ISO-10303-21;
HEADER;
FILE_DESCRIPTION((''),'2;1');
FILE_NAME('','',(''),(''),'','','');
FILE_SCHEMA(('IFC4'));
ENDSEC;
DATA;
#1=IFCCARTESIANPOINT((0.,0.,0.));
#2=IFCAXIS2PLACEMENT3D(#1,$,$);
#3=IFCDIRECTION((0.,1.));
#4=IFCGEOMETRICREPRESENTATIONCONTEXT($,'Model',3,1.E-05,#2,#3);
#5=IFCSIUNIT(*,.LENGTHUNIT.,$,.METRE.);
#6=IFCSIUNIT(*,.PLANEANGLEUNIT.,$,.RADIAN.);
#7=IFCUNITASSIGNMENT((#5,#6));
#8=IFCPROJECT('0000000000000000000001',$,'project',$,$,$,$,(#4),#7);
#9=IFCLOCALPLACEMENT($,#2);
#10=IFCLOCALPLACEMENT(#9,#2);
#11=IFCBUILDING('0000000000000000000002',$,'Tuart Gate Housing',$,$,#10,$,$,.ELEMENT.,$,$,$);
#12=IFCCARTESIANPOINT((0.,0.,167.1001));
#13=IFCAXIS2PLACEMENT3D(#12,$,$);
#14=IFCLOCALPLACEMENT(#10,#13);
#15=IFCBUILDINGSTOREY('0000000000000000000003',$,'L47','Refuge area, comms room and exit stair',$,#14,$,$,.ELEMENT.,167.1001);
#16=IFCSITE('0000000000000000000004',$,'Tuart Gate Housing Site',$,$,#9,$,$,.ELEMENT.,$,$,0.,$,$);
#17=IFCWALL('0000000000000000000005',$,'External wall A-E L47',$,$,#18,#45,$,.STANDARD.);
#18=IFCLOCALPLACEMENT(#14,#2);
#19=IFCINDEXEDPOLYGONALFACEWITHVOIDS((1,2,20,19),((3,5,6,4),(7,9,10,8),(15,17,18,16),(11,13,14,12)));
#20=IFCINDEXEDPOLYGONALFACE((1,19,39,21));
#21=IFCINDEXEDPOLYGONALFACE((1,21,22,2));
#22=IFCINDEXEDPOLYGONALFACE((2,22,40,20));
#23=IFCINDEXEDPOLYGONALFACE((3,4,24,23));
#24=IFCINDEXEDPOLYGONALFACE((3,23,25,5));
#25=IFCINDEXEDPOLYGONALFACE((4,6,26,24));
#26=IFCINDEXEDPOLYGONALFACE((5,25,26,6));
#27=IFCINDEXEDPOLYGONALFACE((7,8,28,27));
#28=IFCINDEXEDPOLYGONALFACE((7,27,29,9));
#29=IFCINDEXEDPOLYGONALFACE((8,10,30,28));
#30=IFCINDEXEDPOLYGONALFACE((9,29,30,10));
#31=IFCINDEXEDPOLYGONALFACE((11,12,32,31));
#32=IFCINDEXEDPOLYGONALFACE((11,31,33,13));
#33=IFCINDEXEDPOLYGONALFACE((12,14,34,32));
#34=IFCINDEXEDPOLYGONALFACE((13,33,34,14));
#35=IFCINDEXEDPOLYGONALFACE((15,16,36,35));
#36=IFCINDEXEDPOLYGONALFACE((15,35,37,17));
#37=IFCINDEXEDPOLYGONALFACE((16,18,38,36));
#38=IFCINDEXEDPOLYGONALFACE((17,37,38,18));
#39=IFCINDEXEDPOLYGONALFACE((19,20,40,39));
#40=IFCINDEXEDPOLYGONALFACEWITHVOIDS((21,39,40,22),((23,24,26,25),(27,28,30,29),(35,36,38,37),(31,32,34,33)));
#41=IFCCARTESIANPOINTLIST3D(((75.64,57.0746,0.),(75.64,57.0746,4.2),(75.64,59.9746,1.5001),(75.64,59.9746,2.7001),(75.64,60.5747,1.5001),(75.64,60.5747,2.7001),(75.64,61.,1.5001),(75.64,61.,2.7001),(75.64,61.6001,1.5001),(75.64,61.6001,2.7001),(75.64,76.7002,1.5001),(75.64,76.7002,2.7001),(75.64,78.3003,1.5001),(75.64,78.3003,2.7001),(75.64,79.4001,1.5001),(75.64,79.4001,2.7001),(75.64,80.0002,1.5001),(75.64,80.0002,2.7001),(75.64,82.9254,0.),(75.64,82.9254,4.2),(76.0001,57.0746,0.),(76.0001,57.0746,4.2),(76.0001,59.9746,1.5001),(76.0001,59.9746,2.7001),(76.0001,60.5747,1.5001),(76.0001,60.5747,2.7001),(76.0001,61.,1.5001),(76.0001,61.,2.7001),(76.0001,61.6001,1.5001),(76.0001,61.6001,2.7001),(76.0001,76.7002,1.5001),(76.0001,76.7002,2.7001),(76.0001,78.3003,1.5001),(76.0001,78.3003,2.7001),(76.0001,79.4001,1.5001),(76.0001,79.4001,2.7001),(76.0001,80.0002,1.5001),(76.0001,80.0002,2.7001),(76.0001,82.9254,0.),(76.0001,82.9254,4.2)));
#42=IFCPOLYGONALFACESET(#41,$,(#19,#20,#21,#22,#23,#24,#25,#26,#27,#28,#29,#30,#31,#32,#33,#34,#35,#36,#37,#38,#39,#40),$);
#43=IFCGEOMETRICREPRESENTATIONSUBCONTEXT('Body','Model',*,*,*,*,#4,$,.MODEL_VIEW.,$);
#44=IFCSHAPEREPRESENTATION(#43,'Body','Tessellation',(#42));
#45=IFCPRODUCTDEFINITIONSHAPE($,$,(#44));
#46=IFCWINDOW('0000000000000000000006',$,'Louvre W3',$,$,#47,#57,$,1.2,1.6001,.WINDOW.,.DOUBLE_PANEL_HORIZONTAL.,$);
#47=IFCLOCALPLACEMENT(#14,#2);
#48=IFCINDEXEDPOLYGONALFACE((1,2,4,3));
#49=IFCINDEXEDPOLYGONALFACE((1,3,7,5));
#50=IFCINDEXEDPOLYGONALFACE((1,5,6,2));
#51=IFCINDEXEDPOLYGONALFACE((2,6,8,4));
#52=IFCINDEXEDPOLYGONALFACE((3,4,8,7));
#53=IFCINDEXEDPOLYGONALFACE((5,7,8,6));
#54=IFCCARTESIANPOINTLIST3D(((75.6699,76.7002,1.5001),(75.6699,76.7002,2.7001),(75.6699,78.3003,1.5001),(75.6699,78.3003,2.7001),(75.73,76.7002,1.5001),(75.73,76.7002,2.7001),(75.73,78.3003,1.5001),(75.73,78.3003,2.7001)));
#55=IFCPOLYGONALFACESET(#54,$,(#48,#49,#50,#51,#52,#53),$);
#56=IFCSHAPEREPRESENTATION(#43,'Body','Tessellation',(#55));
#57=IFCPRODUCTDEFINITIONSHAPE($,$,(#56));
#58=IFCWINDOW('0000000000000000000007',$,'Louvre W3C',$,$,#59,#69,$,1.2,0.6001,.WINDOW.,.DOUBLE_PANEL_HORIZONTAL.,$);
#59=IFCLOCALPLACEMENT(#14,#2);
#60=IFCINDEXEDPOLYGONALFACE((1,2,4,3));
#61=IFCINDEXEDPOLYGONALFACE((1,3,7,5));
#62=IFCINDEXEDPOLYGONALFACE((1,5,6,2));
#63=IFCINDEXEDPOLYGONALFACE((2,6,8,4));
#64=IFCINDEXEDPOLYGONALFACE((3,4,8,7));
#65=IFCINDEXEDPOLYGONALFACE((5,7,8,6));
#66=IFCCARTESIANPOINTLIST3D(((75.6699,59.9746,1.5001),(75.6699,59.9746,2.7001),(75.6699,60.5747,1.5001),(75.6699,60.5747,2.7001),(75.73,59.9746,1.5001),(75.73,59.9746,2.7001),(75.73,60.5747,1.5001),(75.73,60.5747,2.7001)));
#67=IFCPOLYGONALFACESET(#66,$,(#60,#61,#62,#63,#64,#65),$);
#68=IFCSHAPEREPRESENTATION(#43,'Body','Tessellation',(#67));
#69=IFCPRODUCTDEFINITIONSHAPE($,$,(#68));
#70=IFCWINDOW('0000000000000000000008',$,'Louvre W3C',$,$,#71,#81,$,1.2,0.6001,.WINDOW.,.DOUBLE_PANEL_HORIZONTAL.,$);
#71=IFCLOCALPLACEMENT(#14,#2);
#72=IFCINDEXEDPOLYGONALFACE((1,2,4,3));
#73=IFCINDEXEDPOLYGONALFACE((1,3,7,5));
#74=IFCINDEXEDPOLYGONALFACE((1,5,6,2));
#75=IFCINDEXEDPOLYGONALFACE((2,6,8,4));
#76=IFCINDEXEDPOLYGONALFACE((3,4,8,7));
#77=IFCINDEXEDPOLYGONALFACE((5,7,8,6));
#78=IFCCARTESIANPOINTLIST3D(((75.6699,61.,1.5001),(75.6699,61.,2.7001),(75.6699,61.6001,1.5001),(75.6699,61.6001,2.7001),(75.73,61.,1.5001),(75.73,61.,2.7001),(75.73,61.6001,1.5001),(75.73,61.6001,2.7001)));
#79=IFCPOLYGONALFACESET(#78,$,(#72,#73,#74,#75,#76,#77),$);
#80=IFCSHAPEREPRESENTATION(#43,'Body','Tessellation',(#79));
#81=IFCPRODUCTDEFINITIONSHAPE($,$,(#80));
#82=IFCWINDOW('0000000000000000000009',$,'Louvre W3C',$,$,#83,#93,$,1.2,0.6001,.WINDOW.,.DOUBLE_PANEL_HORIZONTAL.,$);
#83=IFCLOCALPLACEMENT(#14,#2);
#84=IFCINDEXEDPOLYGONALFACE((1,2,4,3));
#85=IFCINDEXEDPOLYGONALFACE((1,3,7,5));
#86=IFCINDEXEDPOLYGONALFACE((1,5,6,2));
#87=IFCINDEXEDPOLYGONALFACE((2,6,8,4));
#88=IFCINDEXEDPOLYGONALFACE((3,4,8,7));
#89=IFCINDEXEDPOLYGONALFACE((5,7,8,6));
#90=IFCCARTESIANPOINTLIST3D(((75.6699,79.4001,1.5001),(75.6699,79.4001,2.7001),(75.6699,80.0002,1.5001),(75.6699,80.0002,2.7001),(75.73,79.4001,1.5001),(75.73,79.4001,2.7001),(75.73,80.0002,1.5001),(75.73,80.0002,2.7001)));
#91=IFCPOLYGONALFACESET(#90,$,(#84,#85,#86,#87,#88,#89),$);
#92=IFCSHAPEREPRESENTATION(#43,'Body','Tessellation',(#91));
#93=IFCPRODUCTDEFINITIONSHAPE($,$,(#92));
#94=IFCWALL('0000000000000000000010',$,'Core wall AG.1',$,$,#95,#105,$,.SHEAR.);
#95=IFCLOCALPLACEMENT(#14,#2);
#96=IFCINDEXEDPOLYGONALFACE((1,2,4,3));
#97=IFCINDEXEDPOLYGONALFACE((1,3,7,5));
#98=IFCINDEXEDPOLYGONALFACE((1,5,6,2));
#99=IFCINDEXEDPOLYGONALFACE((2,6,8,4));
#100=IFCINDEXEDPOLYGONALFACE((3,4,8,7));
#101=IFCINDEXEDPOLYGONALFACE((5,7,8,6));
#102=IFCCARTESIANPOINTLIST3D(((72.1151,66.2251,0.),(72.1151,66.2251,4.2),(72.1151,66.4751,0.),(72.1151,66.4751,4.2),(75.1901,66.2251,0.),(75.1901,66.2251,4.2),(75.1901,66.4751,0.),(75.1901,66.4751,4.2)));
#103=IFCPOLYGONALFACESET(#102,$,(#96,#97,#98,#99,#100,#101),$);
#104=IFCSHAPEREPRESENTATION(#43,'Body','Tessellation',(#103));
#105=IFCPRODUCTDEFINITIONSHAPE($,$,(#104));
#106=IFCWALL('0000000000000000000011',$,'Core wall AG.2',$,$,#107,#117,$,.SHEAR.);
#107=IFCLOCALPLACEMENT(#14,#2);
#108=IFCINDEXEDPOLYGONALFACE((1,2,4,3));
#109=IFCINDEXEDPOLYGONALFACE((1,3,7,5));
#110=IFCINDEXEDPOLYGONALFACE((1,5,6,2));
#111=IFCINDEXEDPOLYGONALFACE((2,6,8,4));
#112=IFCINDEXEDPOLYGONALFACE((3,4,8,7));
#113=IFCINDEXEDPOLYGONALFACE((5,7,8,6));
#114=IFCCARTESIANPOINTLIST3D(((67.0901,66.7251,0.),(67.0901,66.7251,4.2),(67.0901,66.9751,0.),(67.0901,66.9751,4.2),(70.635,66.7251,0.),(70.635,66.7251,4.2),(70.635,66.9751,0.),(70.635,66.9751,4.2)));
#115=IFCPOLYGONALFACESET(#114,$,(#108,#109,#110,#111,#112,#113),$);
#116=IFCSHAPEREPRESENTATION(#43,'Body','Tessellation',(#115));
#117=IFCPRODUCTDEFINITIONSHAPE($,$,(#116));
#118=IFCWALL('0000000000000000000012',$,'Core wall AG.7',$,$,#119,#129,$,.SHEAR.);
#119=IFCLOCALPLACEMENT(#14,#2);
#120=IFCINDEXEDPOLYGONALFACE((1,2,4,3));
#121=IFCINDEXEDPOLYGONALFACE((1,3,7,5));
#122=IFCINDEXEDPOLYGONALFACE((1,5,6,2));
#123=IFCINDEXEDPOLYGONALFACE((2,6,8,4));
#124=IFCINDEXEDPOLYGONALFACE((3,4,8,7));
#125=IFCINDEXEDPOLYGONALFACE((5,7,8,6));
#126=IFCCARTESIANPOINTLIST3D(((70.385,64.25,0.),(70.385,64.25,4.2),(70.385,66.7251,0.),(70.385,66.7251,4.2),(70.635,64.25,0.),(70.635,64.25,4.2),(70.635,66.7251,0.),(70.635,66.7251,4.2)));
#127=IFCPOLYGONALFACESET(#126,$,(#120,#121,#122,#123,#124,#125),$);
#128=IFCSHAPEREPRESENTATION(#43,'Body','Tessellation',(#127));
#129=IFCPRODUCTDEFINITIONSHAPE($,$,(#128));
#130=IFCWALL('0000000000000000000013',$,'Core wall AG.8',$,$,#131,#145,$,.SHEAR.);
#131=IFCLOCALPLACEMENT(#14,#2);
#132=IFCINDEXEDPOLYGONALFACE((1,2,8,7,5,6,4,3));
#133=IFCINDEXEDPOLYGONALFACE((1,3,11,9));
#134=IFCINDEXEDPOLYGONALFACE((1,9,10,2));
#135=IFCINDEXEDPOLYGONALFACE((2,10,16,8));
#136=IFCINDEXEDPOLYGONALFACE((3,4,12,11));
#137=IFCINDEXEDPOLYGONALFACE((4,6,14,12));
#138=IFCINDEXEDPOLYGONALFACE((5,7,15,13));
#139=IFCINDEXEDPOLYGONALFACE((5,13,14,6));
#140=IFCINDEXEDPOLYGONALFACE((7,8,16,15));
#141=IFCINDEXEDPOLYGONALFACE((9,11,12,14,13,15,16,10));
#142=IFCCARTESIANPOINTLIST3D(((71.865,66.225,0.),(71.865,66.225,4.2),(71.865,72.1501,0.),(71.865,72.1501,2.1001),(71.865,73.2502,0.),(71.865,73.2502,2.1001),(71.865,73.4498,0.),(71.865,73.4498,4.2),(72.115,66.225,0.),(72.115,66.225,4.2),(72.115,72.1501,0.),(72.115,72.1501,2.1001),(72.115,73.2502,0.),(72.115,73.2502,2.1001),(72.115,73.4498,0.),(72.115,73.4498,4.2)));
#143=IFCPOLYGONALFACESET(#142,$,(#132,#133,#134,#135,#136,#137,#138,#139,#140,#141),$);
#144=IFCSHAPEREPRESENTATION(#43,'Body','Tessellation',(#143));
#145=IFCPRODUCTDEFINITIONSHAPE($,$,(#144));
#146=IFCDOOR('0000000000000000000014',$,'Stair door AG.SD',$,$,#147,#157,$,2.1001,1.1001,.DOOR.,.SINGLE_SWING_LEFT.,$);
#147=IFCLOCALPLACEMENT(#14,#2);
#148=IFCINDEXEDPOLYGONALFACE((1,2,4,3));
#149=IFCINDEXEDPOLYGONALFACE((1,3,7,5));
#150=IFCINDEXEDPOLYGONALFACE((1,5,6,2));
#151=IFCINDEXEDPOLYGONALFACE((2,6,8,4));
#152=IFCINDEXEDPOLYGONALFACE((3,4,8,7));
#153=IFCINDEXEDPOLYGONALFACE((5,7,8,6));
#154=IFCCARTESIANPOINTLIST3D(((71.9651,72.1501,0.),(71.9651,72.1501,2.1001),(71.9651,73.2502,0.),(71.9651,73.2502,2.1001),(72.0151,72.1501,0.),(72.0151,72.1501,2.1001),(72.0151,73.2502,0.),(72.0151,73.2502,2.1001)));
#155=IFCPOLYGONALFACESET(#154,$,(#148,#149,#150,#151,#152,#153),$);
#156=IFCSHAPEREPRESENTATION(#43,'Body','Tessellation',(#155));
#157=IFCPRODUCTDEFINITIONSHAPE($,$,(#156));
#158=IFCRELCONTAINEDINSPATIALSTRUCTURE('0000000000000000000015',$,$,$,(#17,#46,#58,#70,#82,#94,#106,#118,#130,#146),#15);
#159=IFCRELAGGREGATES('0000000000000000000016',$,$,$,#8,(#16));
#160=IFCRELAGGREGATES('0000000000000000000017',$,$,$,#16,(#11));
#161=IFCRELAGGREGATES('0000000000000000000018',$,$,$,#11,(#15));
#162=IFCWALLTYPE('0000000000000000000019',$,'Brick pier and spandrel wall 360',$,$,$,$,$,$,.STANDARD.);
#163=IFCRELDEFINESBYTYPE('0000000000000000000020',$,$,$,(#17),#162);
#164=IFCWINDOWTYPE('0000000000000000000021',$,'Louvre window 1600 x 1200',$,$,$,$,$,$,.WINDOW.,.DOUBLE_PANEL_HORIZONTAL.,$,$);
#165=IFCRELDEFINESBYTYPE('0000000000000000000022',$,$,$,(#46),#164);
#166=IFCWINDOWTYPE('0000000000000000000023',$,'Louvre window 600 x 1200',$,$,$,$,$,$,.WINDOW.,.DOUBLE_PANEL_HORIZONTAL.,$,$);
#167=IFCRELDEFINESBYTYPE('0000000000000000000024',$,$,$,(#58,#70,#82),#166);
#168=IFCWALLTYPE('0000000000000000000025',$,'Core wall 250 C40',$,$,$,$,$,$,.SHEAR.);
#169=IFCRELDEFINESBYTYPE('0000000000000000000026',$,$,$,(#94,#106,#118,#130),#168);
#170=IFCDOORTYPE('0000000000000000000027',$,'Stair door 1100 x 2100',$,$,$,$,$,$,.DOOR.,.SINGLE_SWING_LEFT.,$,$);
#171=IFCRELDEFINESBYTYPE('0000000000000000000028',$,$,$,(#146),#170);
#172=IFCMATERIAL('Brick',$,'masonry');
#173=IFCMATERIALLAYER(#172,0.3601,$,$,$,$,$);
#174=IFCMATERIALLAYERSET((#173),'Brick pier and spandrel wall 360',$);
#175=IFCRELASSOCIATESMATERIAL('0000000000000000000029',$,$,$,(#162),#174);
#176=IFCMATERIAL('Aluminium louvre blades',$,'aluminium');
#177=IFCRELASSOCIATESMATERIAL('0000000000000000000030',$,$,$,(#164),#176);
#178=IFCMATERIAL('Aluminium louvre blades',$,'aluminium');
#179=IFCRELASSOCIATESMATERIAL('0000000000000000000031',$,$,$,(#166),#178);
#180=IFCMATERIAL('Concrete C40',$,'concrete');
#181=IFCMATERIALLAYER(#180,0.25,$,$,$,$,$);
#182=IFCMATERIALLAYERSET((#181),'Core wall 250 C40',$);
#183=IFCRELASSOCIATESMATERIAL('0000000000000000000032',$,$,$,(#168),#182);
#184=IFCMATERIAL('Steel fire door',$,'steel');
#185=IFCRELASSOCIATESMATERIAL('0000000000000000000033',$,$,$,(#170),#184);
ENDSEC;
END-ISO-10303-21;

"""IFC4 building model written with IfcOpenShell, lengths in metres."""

from ifc_helpers import new_model, si_unit, direction, frame, frame_2d, origin, place, context, subcontext, project, spatial, rectangle, extrude, material, layer, layer_set, type_object, element, fill, save


model = new_model("IFC4")

# Units and contexts
model_context = context("Model", 3, precision=1e-05, world=origin(), true_north=direction((0.0, 1.0)))
body_context = subcontext(model_context, "Body", "Model", "MODEL_VIEW")
ifc_project = project(units=[si_unit("LENGTHUNIT", "METRE"), si_unit("PLANEANGLEUNIT", "RADIAN")], contexts=[model_context])

# Site, building, storey
site_placement = place(None, origin())
site = spatial("IfcSite", under=ifc_project, at=site_placement, Name="Tuart Gate Housing Site", CompositionType="ELEMENT", RefElevation=0.0)
building_placement = place(site_placement, origin())
building = spatial("IfcBuilding", under=site, at=building_placement, Name="Tuart Gate Housing", CompositionType="ELEMENT")
storey_placement = place(building_placement, frame((0.0, 0.0, 167.1001)))
storey = spatial("IfcBuildingStorey", under=building, at=storey_placement, Name="L47", Description="Refuge area, comms room and exit stair", CompositionType="ELEMENT", Elevation=167.1001)

# Wall, openings, windows
ifc_material_1 = material(Name="Brick", Category="masonry")
ifc_layer_1 = layer(ifc_material_1, 0.3601)
ifc_layer_set_1 = layer_set([ifc_layer_1], Name="Brick pier and spandrel wall 360")
wall_type_1 = type_object("IfcWallType", Name="Brick pier and spandrel wall 360", PredefinedType="STANDARD", material=ifc_layer_set_1)
wall_1_placement = place(storey_placement, frame((75.8201, 57.0747, 0.0), z_axis=(0.0, 0.0, 1.0), x_axis=(0.0, 1.0, 0.0)))
wall_1 = element("IfcWall", 1, at=wall_1_placement, inside=storey, type_object=wall_type_1, Name="External wall A-E L47", PredefinedType="STANDARD", context=body_context, shape_type="SweptSolid", body=[
    extrude(rectangle(XDim=25.8508, YDim=0.3601, at=frame_2d((12.9253, 0.0))), origin(), (0.0, 0.0, 1.0), 4.2),
])
opening_1_placement = place(wall_1_placement, frame((2.8999, 0.0, 1.5)))
opening_1 = element("IfcOpeningElement", 2, at=opening_1_placement, cuts=wall_1, PredefinedType="OPENING", context=body_context, shape_type="SweptSolid", body=[
    extrude(rectangle(XDim=0.6001, YDim=1.2, at=frame_2d((0.3, 0.6001))), frame((0.0, 0.1899, 0.0), z_axis=(0.0, -1.0, 0.0), x_axis=(1.0, 0.0, 0.0)), (0.0, 0.0, 1.0), 0.3801),
])
opening_2_placement = place(wall_1_placement, frame((3.9253, 0.0, 1.5)))
opening_2 = element("IfcOpeningElement", 3, at=opening_2_placement, cuts=wall_1, PredefinedType="OPENING", context=body_context, shape_type="SweptSolid", body=[
    extrude(rectangle(XDim=0.6001, YDim=1.2, at=frame_2d((0.3, 0.6001))), frame((0.0, 0.1899, 0.0), z_axis=(0.0, -1.0, 0.0), x_axis=(1.0, 0.0, 0.0)), (0.0, 0.0, 1.0), 0.3801),
])
opening_3_placement = place(wall_1_placement, frame((19.6255, 0.0, 1.5)))
opening_3 = element("IfcOpeningElement", 4, at=opening_3_placement, cuts=wall_1, PredefinedType="OPENING", context=body_context, shape_type="SweptSolid", body=[
    extrude(rectangle(XDim=1.6001, YDim=1.2, at=frame_2d((0.8, 0.6001))), frame((0.0, 0.1899, 0.0), z_axis=(0.0, -1.0, 0.0), x_axis=(1.0, 0.0, 0.0)), (0.0, 0.0, 1.0), 0.3801),
])
opening_4_placement = place(wall_1_placement, frame((22.3254, 0.0, 1.5)))
opening_4 = element("IfcOpeningElement", 5, at=opening_4_placement, cuts=wall_1, PredefinedType="OPENING", context=body_context, shape_type="SweptSolid", body=[
    extrude(rectangle(XDim=0.6001, YDim=1.2, at=frame_2d((0.3, 0.6001))), frame((0.0, 0.1899, 0.0), z_axis=(0.0, -1.0, 0.0), x_axis=(1.0, 0.0, 0.0)), (0.0, 0.0, 1.0), 0.3801),
])
ifc_material_2 = material(Name="Aluminium louvre blades", Category="aluminium")
window_type_1 = type_object("IfcWindowType", Name="Louvre window 1600 x 1200", PartitioningType="DOUBLE_PANEL_HORIZONTAL", PredefinedType="WINDOW", material=ifc_material_2)
window_1_placement = place(opening_3_placement, origin())
window_1 = element("IfcWindow", 6, at=window_1_placement, inside=storey, type_object=window_type_1, Name="Louvre W3", OverallHeight=1.2, OverallWidth=1.6001, PartitioningType="DOUBLE_PANEL_HORIZONTAL", PredefinedType="WINDOW", context=body_context, shape_type="SweptSolid", body=[
    extrude(rectangle(XDim=1.6001, YDim=1.2, at=frame_2d((0.8, 0.6001))), frame((0.0, 0.1501, 0.0), z_axis=(0.0, -1.0, 0.0), x_axis=(1.0, 0.0, 0.0)), (0.0, 0.0, 1.0), 0.0601),
])
fill(opening_3, window_1)
ifc_material_3 = material(Name="Aluminium louvre blades", Category="aluminium")
window_type_2 = type_object("IfcWindowType", Name="Louvre window 600 x 1200", PartitioningType="DOUBLE_PANEL_HORIZONTAL", PredefinedType="WINDOW", material=ifc_material_3)
window_2_placement = place(opening_1_placement, origin())
window_2 = element("IfcWindow", 7, at=window_2_placement, inside=storey, type_object=window_type_2, Name="Louvre W3C", OverallHeight=1.2, OverallWidth=0.6001, PartitioningType="DOUBLE_PANEL_HORIZONTAL", PredefinedType="WINDOW", context=body_context, shape_type="SweptSolid", body=[
    extrude(rectangle(XDim=0.6001, YDim=1.2, at=frame_2d((0.3, 0.6001))), frame((0.0, 0.1501, 0.0), z_axis=(0.0, -1.0, 0.0), x_axis=(1.0, 0.0, 0.0)), (0.0, 0.0, 1.0), 0.0601),
])
fill(opening_1, window_2)
window_3_placement = place(opening_2_placement, origin())
window_3 = element("IfcWindow", 8, at=window_3_placement, inside=storey, type_object=window_type_2, Name="Louvre W3C", OverallHeight=1.2, OverallWidth=0.6001, PartitioningType="DOUBLE_PANEL_HORIZONTAL", PredefinedType="WINDOW", context=body_context, shape_type="SweptSolid", body=[
    extrude(rectangle(XDim=0.6001, YDim=1.2, at=frame_2d((0.3, 0.6001))), frame((0.0, 0.1501, 0.0), z_axis=(0.0, -1.0, 0.0), x_axis=(1.0, 0.0, 0.0)), (0.0, 0.0, 1.0), 0.0601),
])
fill(opening_2, window_3)
window_4_placement = place(opening_4_placement, origin())
window_4 = element("IfcWindow", 9, at=window_4_placement, inside=storey, type_object=window_type_2, Name="Louvre W3C", OverallHeight=1.2, OverallWidth=0.6001, PartitioningType="DOUBLE_PANEL_HORIZONTAL", PredefinedType="WINDOW", context=body_context, shape_type="SweptSolid", body=[
    extrude(rectangle(XDim=0.6001, YDim=1.2, at=frame_2d((0.3, 0.6001))), frame((0.0, 0.1501, 0.0), z_axis=(0.0, -1.0, 0.0), x_axis=(1.0, 0.0, 0.0)), (0.0, 0.0, 1.0), 0.0601),
])
fill(opening_4, window_4)

# Walls
ifc_material_4 = material(Name="Concrete C40", Category="concrete")
ifc_layer_2 = layer(ifc_material_4, 0.25)
ifc_layer_set_2 = layer_set([ifc_layer_2], Name="Core wall 250 C40")
wall_type_2 = type_object("IfcWallType", Name="Core wall 250 C40", PredefinedType="SHEAR", material=ifc_layer_set_2)
wall_2_placement = place(storey_placement, frame((72.115, 66.3501, 0.0), z_axis=(0.0, 0.0, 1.0), x_axis=(1.0, 0.0, 0.0)))
element("IfcWall", 10, at=wall_2_placement, inside=storey, type_object=wall_type_2, Name="Core wall AG.1", PredefinedType="SHEAR", context=body_context, shape_type="SweptSolid", body=[
    extrude(rectangle(XDim=3.075, YDim=0.25, at=frame_2d((1.5376, 0.0))), origin(), (0.0, 0.0, 1.0), 4.2),
])
wall_3_placement = place(storey_placement, frame((67.0901, 66.8501, 0.0), z_axis=(0.0, 0.0, 1.0), x_axis=(1.0, 0.0, 0.0)))
element("IfcWall", 11, at=wall_3_placement, inside=storey, type_object=wall_type_2, Name="Core wall AG.2", PredefinedType="SHEAR", context=body_context, shape_type="SweptSolid", body=[
    extrude(rectangle(XDim=3.5449, YDim=0.25, at=frame_2d((1.7725, 0.0))), origin(), (0.0, 0.0, 1.0), 4.2),
])
wall_4_placement = place(storey_placement, frame((70.51, 64.25, 0.0), z_axis=(0.0, 0.0, 1.0), x_axis=(0.0, 1.0, 0.0)))
element("IfcWall", 12, at=wall_4_placement, inside=storey, type_object=wall_type_2, Name="Core wall AG.7", PredefinedType="SHEAR", context=body_context, shape_type="SweptSolid", body=[
    extrude(rectangle(XDim=2.4751, YDim=0.25, at=frame_2d((1.2375, 0.0))), origin(), (0.0, 0.0, 1.0), 4.2),
])

# Wall, opening, door
wall_5_placement = place(storey_placement, frame((71.99, 66.2251, 0.0), z_axis=(0.0, 0.0, 1.0), x_axis=(0.0, 1.0, 0.0)))
wall_5 = element("IfcWall", 13, at=wall_5_placement, inside=storey, type_object=wall_type_2, Name="Core wall AG.8", PredefinedType="SHEAR", context=body_context, shape_type="SweptSolid", body=[
    extrude(rectangle(XDim=7.2249, YDim=0.25, at=frame_2d((3.6123, 0.0))), origin(), (0.0, 0.0, 1.0), 4.2),
])
opening_5_placement = place(wall_5_placement, frame((5.925, 0.0, 0.0)))
opening_5 = element("IfcOpeningElement", 14, at=opening_5_placement, cuts=wall_5, PredefinedType="OPENING", context=body_context, shape_type="SweptSolid", body=[
    extrude(rectangle(XDim=1.1001, YDim=2.1001, at=frame_2d((0.55, 1.05))), frame((0.0, 0.135, 0.0), z_axis=(0.0, -1.0, 0.0), x_axis=(1.0, 0.0, 0.0)), (0.0, 0.0, 1.0), 0.27),
])
ifc_material_5 = material(Name="Steel fire door", Category="steel")
door_type = type_object("IfcDoorType", Name="Stair door 1100 x 2100", OperationType="SINGLE_SWING_LEFT", PredefinedType="DOOR", material=ifc_material_5)
door_placement = place(opening_5_placement, frame((1.1001, 0.0, 0.0), z_axis=(0.0, 0.0, 1.0), x_axis=(-1.0, 0.0, 0.0)))
door = element("IfcDoor", 15, at=door_placement, inside=storey, type_object=door_type, Name="Stair door AG.SD", OperationType="SINGLE_SWING_LEFT", OverallHeight=2.1001, OverallWidth=1.1001, PredefinedType="DOOR", context=body_context, shape_type="SweptSolid", body=[
    extrude(rectangle(XDim=1.1001, YDim=2.1001, at=frame_2d((0.55, 1.05))), frame((0.0, 0.0251, 0.0), z_axis=(0.0, -1.0, 0.0), x_axis=(1.0, 0.0, 0.0)), (0.0, 0.0, 1.0), 0.05),
])
fill(opening_5, door)

save(model, "model.ifc")
